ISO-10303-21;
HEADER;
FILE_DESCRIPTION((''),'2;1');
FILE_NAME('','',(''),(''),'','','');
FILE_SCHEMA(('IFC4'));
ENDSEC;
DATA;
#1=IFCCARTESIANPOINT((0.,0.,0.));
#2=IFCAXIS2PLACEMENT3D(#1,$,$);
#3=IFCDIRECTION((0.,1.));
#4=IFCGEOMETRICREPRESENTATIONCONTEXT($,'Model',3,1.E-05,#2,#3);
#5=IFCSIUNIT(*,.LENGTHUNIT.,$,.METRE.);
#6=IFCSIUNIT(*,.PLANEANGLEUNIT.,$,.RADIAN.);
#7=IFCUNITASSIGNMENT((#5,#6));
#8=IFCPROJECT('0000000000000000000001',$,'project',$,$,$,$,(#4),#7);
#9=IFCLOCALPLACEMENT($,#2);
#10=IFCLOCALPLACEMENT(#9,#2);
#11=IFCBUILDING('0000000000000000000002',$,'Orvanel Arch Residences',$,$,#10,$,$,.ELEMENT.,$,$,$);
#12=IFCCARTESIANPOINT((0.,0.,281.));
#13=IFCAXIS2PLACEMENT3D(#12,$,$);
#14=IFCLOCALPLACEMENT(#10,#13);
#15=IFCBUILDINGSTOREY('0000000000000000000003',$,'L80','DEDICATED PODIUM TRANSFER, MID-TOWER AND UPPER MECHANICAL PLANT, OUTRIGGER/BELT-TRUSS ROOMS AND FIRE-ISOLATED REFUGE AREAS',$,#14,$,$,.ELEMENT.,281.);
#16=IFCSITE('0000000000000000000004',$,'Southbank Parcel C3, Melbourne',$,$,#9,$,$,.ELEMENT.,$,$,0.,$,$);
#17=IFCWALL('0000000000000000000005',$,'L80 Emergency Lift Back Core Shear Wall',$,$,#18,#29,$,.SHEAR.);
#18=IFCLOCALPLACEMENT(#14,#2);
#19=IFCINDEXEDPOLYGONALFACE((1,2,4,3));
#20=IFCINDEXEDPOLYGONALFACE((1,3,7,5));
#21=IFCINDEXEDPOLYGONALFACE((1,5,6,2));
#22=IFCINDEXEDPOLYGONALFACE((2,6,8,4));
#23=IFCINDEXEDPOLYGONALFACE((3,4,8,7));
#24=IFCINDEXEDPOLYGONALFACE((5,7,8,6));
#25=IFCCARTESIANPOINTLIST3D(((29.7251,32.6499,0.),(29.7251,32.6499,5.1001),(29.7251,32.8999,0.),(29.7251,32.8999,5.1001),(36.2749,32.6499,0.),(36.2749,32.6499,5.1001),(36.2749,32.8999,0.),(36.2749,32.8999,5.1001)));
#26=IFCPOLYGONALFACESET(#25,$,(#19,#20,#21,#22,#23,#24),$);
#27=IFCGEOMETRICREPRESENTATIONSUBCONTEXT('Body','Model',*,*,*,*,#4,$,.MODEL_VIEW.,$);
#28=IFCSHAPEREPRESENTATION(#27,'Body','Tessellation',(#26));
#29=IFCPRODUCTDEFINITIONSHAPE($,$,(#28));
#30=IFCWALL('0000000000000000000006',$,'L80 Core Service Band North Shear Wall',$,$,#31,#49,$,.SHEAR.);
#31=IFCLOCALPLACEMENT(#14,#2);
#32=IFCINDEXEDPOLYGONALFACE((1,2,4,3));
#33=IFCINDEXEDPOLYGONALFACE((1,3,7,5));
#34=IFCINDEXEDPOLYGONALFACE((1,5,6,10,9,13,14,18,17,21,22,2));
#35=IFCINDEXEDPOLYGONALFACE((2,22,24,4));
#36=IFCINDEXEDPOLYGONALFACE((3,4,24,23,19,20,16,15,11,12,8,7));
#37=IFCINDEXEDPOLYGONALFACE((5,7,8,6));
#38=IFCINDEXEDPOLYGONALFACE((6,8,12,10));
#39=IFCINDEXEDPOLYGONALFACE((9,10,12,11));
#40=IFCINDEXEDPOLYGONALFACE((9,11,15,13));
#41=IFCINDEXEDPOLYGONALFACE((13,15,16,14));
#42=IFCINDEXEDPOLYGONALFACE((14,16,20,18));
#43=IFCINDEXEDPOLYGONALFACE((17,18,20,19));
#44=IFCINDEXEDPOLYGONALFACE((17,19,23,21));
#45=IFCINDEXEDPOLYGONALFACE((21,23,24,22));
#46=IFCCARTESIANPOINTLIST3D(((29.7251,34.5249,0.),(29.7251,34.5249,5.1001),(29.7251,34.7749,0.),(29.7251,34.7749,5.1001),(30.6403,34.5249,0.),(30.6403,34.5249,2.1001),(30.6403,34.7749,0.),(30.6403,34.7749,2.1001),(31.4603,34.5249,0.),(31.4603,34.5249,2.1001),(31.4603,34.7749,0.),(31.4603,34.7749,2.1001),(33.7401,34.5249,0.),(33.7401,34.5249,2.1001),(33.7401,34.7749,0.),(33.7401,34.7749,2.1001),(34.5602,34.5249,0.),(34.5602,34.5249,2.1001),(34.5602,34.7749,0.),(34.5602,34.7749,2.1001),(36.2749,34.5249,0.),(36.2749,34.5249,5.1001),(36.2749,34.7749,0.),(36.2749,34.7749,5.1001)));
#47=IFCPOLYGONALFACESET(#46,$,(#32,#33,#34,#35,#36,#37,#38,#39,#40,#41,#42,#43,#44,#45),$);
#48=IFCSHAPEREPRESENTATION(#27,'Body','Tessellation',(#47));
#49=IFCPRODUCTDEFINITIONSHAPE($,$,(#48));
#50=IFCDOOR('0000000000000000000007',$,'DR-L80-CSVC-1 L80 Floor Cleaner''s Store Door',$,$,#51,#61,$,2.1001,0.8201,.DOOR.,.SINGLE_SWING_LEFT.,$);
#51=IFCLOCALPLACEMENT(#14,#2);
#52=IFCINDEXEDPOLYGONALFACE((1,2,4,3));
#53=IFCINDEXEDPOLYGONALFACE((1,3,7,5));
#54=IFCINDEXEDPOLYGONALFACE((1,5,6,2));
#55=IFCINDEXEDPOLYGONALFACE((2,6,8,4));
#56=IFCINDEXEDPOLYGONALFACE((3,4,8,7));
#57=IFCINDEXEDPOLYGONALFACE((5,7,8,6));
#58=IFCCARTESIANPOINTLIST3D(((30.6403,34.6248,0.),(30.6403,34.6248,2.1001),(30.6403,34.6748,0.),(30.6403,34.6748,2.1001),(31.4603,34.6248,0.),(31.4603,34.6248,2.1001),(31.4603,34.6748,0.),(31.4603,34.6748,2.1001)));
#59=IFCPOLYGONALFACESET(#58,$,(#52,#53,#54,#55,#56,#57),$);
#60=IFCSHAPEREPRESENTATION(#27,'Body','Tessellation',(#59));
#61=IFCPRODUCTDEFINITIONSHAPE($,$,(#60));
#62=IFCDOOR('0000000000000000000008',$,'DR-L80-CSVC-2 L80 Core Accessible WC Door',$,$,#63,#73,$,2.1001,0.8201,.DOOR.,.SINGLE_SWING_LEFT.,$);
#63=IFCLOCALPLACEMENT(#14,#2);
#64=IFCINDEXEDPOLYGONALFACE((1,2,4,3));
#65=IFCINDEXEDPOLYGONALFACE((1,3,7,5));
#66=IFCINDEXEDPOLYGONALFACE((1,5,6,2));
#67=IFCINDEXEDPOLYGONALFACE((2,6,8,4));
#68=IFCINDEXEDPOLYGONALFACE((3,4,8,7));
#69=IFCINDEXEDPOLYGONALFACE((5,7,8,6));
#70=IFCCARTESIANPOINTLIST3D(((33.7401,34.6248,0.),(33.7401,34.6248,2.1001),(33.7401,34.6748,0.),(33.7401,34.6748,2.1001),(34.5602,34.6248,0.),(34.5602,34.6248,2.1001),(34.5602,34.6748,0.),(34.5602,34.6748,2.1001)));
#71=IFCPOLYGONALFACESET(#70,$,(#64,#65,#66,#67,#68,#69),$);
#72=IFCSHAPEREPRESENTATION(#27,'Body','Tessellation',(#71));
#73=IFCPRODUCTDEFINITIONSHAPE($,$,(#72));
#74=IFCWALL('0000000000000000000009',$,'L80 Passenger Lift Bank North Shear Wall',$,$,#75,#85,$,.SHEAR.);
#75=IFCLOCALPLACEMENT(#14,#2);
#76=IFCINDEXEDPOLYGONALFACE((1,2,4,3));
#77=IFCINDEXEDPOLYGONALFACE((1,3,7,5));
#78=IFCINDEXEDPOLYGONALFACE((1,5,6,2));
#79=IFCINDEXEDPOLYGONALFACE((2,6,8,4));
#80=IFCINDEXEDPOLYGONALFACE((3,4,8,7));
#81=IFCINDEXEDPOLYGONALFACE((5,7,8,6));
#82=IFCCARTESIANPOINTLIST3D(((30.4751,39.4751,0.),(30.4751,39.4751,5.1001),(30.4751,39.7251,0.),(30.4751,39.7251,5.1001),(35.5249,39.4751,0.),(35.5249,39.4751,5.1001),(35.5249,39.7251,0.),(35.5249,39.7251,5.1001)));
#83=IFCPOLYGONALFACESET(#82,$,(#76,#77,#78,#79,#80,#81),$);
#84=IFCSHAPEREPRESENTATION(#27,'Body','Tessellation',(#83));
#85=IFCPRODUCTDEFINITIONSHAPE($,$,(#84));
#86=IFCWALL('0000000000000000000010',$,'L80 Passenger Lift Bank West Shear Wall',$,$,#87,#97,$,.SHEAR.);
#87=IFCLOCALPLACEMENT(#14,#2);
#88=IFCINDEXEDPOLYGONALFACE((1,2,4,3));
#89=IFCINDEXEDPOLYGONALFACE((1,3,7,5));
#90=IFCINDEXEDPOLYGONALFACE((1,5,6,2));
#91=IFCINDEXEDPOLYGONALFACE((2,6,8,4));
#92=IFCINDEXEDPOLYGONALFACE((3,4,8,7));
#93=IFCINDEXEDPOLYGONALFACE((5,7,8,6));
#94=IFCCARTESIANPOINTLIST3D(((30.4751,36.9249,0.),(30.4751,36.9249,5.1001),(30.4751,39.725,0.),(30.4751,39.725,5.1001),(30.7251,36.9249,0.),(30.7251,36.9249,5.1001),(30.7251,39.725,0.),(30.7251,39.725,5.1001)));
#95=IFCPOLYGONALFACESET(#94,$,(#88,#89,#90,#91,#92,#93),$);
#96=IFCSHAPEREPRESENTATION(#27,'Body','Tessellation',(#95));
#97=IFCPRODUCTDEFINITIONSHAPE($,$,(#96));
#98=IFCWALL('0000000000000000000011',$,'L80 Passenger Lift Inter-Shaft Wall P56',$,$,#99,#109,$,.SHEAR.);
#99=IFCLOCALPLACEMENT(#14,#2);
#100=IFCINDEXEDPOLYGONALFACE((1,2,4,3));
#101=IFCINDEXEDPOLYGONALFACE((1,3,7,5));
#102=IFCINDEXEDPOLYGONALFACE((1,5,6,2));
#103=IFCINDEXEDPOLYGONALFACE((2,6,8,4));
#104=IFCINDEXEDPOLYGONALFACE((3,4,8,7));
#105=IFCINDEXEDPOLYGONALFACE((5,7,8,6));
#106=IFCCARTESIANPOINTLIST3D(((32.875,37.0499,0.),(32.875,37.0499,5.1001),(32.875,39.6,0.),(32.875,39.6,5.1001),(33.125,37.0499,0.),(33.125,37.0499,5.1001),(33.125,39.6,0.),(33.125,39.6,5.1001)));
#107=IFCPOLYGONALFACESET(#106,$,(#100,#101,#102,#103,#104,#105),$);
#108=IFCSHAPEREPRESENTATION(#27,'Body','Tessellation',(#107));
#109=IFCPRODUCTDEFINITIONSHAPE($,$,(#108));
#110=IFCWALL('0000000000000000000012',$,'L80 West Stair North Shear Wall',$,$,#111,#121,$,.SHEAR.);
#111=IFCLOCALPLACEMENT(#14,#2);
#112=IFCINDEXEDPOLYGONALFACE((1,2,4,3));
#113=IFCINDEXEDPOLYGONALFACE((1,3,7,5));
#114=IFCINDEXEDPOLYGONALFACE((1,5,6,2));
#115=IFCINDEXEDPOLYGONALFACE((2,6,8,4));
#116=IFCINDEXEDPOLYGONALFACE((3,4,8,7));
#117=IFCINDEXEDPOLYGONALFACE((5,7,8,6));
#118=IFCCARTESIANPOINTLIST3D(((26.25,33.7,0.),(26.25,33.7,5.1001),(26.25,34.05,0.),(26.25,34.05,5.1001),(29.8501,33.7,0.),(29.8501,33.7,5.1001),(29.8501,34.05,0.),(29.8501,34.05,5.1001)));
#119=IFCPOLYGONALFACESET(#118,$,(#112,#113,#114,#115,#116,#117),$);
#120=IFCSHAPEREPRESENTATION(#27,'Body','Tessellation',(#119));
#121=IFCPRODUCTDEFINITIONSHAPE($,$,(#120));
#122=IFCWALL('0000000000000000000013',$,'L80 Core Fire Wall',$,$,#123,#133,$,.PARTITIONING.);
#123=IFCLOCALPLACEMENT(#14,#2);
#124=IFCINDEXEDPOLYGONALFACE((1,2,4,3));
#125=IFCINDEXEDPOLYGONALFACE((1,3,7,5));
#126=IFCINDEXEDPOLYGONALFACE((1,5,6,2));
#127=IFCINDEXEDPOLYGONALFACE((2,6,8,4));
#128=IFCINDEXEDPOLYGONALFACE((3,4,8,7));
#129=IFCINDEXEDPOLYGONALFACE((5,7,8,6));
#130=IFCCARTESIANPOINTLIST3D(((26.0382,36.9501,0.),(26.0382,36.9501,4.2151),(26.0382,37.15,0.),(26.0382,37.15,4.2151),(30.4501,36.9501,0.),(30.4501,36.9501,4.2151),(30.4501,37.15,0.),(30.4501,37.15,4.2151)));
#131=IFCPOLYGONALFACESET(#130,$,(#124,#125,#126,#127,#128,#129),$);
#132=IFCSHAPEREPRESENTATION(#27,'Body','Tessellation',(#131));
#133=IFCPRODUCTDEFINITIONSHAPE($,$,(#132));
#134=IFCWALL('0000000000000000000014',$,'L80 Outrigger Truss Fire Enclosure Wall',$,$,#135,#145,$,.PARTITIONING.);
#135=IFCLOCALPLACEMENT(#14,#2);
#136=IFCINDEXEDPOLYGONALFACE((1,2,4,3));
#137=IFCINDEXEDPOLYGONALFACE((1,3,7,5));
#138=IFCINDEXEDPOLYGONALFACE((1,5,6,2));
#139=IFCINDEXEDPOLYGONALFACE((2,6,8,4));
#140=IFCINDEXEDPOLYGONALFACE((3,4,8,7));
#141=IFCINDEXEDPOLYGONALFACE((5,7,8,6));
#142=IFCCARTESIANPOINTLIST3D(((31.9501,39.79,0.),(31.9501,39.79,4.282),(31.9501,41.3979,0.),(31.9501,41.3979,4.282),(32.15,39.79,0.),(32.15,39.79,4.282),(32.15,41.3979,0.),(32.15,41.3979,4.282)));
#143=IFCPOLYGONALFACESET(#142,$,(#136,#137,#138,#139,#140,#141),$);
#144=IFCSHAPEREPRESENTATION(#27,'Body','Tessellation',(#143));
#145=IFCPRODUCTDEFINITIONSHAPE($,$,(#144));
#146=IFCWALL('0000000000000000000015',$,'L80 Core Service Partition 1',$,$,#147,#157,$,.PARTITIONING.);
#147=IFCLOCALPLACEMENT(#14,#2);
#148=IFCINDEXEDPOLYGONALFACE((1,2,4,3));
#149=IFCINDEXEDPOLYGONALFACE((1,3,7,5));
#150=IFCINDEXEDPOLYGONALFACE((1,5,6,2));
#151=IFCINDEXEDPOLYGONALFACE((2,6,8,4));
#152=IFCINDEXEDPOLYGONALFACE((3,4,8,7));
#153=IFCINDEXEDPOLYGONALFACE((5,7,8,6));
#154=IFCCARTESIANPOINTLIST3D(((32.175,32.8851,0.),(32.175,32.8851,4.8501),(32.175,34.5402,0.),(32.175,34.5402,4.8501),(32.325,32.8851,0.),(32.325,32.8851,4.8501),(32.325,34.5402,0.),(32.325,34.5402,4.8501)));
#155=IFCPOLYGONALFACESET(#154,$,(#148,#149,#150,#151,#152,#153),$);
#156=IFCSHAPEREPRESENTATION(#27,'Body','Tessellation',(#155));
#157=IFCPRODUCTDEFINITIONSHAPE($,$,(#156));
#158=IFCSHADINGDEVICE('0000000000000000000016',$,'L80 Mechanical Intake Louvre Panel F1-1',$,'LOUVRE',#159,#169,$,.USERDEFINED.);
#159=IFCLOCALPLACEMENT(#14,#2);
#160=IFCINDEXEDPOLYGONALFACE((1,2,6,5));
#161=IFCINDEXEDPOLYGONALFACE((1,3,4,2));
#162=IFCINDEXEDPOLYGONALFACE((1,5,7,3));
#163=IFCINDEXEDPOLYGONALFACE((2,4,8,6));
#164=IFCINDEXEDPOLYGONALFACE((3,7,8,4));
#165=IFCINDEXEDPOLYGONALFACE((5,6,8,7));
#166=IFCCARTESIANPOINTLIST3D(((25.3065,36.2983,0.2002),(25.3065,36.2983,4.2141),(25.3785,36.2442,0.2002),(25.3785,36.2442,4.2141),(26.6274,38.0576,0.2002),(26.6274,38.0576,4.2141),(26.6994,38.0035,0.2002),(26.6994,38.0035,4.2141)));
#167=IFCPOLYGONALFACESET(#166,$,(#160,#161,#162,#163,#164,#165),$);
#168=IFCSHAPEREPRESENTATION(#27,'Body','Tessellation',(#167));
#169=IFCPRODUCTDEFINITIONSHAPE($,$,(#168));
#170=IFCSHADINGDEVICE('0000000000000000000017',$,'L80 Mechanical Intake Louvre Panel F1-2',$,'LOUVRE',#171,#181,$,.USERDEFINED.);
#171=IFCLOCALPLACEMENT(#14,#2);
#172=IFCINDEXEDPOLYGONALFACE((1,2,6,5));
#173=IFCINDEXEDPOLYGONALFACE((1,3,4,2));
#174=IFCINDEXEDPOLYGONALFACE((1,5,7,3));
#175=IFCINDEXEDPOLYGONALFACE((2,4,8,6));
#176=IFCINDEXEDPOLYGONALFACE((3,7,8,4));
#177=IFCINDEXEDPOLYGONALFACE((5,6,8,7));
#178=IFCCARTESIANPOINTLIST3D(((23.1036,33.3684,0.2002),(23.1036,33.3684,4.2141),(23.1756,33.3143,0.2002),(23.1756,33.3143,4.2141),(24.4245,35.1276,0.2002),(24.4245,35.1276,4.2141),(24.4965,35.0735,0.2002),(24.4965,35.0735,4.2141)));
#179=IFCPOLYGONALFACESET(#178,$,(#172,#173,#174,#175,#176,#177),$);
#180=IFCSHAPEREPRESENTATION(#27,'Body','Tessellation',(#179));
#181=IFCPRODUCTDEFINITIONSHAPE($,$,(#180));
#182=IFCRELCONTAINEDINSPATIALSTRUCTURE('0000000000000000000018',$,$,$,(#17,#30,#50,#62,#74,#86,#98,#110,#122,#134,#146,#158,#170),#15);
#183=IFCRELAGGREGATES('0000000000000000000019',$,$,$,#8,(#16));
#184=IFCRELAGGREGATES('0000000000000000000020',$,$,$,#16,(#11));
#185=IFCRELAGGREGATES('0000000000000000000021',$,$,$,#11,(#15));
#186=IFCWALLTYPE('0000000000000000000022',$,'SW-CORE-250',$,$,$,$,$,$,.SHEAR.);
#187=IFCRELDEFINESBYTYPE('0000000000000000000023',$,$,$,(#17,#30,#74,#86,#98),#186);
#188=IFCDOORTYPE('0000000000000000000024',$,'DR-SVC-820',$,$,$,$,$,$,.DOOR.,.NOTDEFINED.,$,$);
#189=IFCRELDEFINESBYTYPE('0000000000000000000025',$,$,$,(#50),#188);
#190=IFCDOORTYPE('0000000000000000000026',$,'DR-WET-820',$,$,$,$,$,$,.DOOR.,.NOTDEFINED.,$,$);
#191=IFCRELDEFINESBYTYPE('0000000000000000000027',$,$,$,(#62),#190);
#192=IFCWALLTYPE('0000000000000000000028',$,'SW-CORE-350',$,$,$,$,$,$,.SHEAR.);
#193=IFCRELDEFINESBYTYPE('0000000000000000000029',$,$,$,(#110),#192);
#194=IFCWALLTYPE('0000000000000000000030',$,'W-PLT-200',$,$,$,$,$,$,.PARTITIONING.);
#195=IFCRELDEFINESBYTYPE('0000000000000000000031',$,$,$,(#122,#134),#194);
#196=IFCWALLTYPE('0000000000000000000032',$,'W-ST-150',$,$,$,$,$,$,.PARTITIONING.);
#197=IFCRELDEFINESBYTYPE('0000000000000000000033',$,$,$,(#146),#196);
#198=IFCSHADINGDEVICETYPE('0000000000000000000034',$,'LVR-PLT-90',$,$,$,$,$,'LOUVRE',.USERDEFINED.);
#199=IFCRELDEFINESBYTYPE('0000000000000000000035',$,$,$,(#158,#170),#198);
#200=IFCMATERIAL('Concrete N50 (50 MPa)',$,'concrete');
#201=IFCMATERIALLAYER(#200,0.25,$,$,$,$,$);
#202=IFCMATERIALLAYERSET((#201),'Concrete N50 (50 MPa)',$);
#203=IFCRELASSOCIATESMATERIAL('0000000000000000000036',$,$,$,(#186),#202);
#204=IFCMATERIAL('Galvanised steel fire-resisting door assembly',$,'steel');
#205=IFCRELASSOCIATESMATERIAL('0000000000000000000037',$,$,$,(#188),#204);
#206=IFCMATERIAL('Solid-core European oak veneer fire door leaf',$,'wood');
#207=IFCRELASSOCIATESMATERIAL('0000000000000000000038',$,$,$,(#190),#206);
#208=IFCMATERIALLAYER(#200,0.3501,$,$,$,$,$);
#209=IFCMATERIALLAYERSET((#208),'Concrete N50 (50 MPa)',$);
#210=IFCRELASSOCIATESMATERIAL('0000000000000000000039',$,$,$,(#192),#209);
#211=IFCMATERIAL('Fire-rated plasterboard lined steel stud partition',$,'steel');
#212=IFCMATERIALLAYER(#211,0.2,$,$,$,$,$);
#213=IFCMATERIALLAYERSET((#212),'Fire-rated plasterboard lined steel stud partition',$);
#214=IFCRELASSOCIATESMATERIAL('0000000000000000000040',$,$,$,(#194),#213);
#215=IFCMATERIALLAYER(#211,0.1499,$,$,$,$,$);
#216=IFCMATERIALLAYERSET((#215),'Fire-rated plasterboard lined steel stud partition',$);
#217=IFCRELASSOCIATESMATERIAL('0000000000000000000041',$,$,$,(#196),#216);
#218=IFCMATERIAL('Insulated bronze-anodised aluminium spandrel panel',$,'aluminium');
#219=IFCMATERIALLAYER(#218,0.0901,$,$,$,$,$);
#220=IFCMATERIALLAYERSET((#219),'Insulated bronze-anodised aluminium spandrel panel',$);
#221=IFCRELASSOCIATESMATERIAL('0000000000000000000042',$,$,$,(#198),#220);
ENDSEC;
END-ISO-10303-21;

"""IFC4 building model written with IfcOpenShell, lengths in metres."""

from ifc_helpers import new_model, si_unit, direction, frame, frame_2d, origin, origin_2d, place, context, subcontext, project, spatial, rectangle, extrude, material, layer, layer_set, type_object, element, fill, save


model = new_model("IFC4")

# Units and contexts
model_context = context("Model", 3, precision=1e-05, world=origin(), true_north=direction((0.0, 1.0)))
body_context = subcontext(model_context, "Body", "Model", "MODEL_VIEW")
ifc_project = project(units=[si_unit("LENGTHUNIT", "METRE"), si_unit("PLANEANGLEUNIT", "RADIAN")], contexts=[model_context])

# Site, building, storey
site_placement = place(None, origin())
site = spatial("IfcSite", under=ifc_project, at=site_placement, Name="Southbank Parcel C3, Melbourne", CompositionType="ELEMENT", RefElevation=0.0)
building_placement = place(site_placement, origin())
building = spatial("IfcBuilding", under=site, at=building_placement, Name="Orvanel Arch Residences", CompositionType="ELEMENT")
storey_placement = place(building_placement, frame((0.0, 0.0, 281.0)))
storey = spatial("IfcBuildingStorey", under=building, at=storey_placement, Name="L80", Description="DEDICATED PODIUM TRANSFER, MID-TOWER AND UPPER MECHANICAL PLANT, OUTRIGGER/BELT-TRUSS ROOMS AND FIRE-ISOLATED REFUGE AREAS", CompositionType="ELEMENT", Elevation=281.0)

# Wall
ifc_material_1 = material(Name="Concrete N50 (50 MPa)", Category="concrete")
ifc_layer_1 = layer(ifc_material_1, 0.25)
ifc_layer_set_1 = layer_set([ifc_layer_1], Name="Concrete N50 (50 MPa)")
wall_type_1 = type_object("IfcWallType", Name="SW-CORE-250", PredefinedType="SHEAR", material=ifc_layer_set_1)
wall_1_placement = place(storey_placement, frame((29.7251, 32.7749, 0.0), z_axis=(0.0, 0.0, 1.0), x_axis=(1.0, 0.0, 0.0)))
element("IfcWall", 1, at=wall_1_placement, inside=storey, type_object=wall_type_1, Name="L80 Emergency Lift Back Core Shear Wall", PredefinedType="SHEAR", context=body_context, shape_type="SweptSolid", body=[
    extrude(rectangle(XDim=6.5498, YDim=0.25, at=frame_2d((3.2749, 0.0))), origin(), (0.0, 0.0, 1.0), 5.1001),
])

# Wall, openings, doors
wall_2_placement = place(storey_placement, frame((29.7251, 34.6499, 0.0), z_axis=(0.0, 0.0, 1.0), x_axis=(1.0, 0.0, 0.0)))
wall_2 = element("IfcWall", 2, at=wall_2_placement, inside=storey, type_object=wall_type_1, Name="L80 Core Service Band North Shear Wall", PredefinedType="SHEAR", context=body_context, shape_type="SweptSolid", body=[
    extrude(rectangle(XDim=6.5498, YDim=0.25, at=frame_2d((3.2749, 0.0))), origin(), (0.0, 0.0, 1.0), 5.1001),
])
opening_1_placement = place(wall_2_placement, frame((0.915, 0.0, 0.0)))
opening_1 = element("IfcOpeningElement", 3, at=opening_1_placement, cuts=wall_2, PredefinedType="OPENING", context=body_context, shape_type="SweptSolid", body=[
    extrude(rectangle(XDim=0.8201, YDim=2.1001, at=frame_2d((0.4102, 1.05))), frame((0.0, 0.135, 0.0), z_axis=(0.0, -1.0, 0.0), x_axis=(1.0, 0.0, 0.0)), (0.0, 0.0, 1.0), 0.27),
])
opening_2_placement = place(wall_2_placement, frame((4.0149, 0.0, 0.0)))
opening_2 = element("IfcOpeningElement", 4, at=opening_2_placement, cuts=wall_2, PredefinedType="OPENING", context=body_context, shape_type="SweptSolid", body=[
    extrude(rectangle(XDim=0.8201, YDim=2.1001, at=frame_2d((0.4102, 1.05))), frame((0.0, 0.135, 0.0), z_axis=(0.0, -1.0, 0.0), x_axis=(1.0, 0.0, 0.0)), (0.0, 0.0, 1.0), 0.27),
])
ifc_material_2 = material(Name="Galvanised steel fire-resisting door assembly", Category="steel")
door_type_1 = type_object("IfcDoorType", Name="DR-SVC-820", OperationType="NOTDEFINED", PredefinedType="DOOR", material=ifc_material_2)
door_1_placement = place(opening_1_placement, origin())
door_1 = element("IfcDoor", 5, at=door_1_placement, inside=storey, type_object=door_type_1, Name="DR-L80-CSVC-1 L80 Floor Cleaner's Store Door", OperationType="SINGLE_SWING_LEFT", OverallHeight=2.1001, OverallWidth=0.8201, PredefinedType="DOOR", context=body_context, shape_type="SweptSolid", body=[
    extrude(rectangle(XDim=0.8201, YDim=2.1001, at=frame_2d((0.4102, 1.05))), frame((0.0, 0.0249, 0.0), z_axis=(0.0, -1.0, 0.0), x_axis=(1.0, 0.0, 0.0)), (0.0, 0.0, 1.0), 0.05),
])
fill(opening_1, door_1)
ifc_material_3 = material(Name="Solid-core European oak veneer fire door leaf", Category="wood")
door_type_2 = type_object("IfcDoorType", Name="DR-WET-820", OperationType="NOTDEFINED", PredefinedType="DOOR", material=ifc_material_3)
door_2_placement = place(opening_2_placement, origin())
door_2 = element("IfcDoor", 6, at=door_2_placement, inside=storey, type_object=door_type_2, Name="DR-L80-CSVC-2 L80 Core Accessible WC Door", OperationType="SINGLE_SWING_LEFT", OverallHeight=2.1001, OverallWidth=0.8201, PredefinedType="DOOR", context=body_context, shape_type="SweptSolid", body=[
    extrude(rectangle(XDim=0.8201, YDim=2.1001, at=frame_2d((0.4102, 1.05))), frame((0.0, 0.0249, 0.0), z_axis=(0.0, -1.0, 0.0), x_axis=(1.0, 0.0, 0.0)), (0.0, 0.0, 1.0), 0.05),
])
fill(opening_2, door_2)

# Walls
wall_3_placement = place(storey_placement, frame((30.4751, 39.6001, 0.0), z_axis=(0.0, 0.0, 1.0), x_axis=(1.0, 0.0, 0.0)))
element("IfcWall", 7, at=wall_3_placement, inside=storey, type_object=wall_type_1, Name="L80 Passenger Lift Bank North Shear Wall", PredefinedType="SHEAR", context=body_context, shape_type="SweptSolid", body=[
    extrude(rectangle(XDim=5.0498, YDim=0.25, at=frame_2d((2.5249, 0.0))), origin(), (0.0, 0.0, 1.0), 5.1001),
])
wall_4_placement = place(storey_placement, frame((30.6001, 36.925, 0.0), z_axis=(0.0, 0.0, 1.0), x_axis=(0.0, 1.0, 0.0)))
element("IfcWall", 8, at=wall_4_placement, inside=storey, type_object=wall_type_1, Name="L80 Passenger Lift Bank West Shear Wall", PredefinedType="SHEAR", context=body_context, shape_type="SweptSolid", body=[
    extrude(rectangle(XDim=2.8, YDim=0.25, at=frame_2d((1.3999, 0.0))), origin(), (0.0, 0.0, 1.0), 5.1001),
])
wall_5_placement = place(storey_placement, frame((33.0, 37.05, 0.0), z_axis=(0.0, 0.0, 1.0), x_axis=(0.0, 1.0, 0.0)))
element("IfcWall", 9, at=wall_5_placement, inside=storey, type_object=wall_type_1, Name="L80 Passenger Lift Inter-Shaft Wall P56", PredefinedType="SHEAR", context=body_context, shape_type="SweptSolid", body=[
    extrude(rectangle(XDim=2.55, YDim=0.25, at=frame_2d((1.2749, 0.0))), origin(), (0.0, 0.0, 1.0), 5.1001),
])
ifc_layer_2 = layer(ifc_material_1, 0.3501)
ifc_layer_set_2 = layer_set([ifc_layer_2], Name="Concrete N50 (50 MPa)")
wall_type_2 = type_object("IfcWallType", Name="SW-CORE-350", PredefinedType="SHEAR", material=ifc_layer_set_2)
wall_6_placement = place(storey_placement, frame((26.25, 33.875, 0.0), z_axis=(0.0, 0.0, 1.0), x_axis=(1.0, 0.0, 0.0)))
element("IfcWall", 10, at=wall_6_placement, inside=storey, type_object=wall_type_2, Name="L80 West Stair North Shear Wall", PredefinedType="SHEAR", context=body_context, shape_type="SweptSolid", body=[
    extrude(rectangle(XDim=3.6001, YDim=0.3501, at=frame_2d((1.8, 0.0))), origin(), (0.0, 0.0, 1.0), 5.1001),
])
ifc_material_4 = material(Name="Fire-rated plasterboard lined steel stud partition", Category="steel")
ifc_layer_3 = layer(ifc_material_4, 0.2)
ifc_layer_set_3 = layer_set([ifc_layer_3], Name="Fire-rated plasterboard lined steel stud partition")
wall_type_3 = type_object("IfcWallType", Name="W-PLT-200", PredefinedType="PARTITIONING", material=ifc_layer_set_3)
wall_7_placement = place(storey_placement, frame((26.0381, 37.05, 0.0), z_axis=(0.0, 0.0, 1.0), x_axis=(1.0, 0.0, 0.0)))
element("IfcWall", 11, at=wall_7_placement, inside=storey, type_object=wall_type_3, Name="L80 Core Fire Wall", PredefinedType="PARTITIONING", context=body_context, shape_type="SweptSolid", body=[
    extrude(rectangle(XDim=4.4119, YDim=0.2, at=frame_2d((2.2061, 0.0))), origin(), (0.0, 0.0, 1.0), 4.2151),
])
wall_8_placement = place(storey_placement, frame((32.05, 39.79, 0.0), z_axis=(0.0, 0.0, 1.0), x_axis=(0.0, 1.0, 0.0)))
element("IfcWall", 12, at=wall_8_placement, inside=storey, type_object=wall_type_3, Name="L80 Outrigger Truss Fire Enclosure Wall", PredefinedType="PARTITIONING", context=body_context, shape_type="SweptSolid", body=[
    extrude(rectangle(XDim=1.6079, YDim=0.2, at=frame_2d((0.804, 0.0))), origin(), (0.0, 0.0, 1.0), 4.282),
])
ifc_layer_4 = layer(ifc_material_4, 0.1499)
ifc_layer_set_4 = layer_set([ifc_layer_4], Name="Fire-rated plasterboard lined steel stud partition")
wall_type_4 = type_object("IfcWallType", Name="W-ST-150", PredefinedType="PARTITIONING", material=ifc_layer_set_4)
wall_9_placement = place(storey_placement, frame((32.25, 32.885, 0.0), z_axis=(0.0, 0.0, 1.0), x_axis=(0.0, 1.0, 0.0)))
element("IfcWall", 13, at=wall_9_placement, inside=storey, type_object=wall_type_4, Name="L80 Core Service Partition 1", PredefinedType="PARTITIONING", context=body_context, shape_type="SweptSolid", body=[
    extrude(rectangle(XDim=1.655, YDim=0.1499, at=frame_2d((0.8276, 0.0))), origin(), (0.0, 0.0, 1.0), 4.8501),
])

# Shading devices
ifc_material_5 = material(Name="Insulated bronze-anodised aluminium spandrel panel", Category="aluminium")
ifc_layer_5 = layer(ifc_material_5, 0.0901)
ifc_layer_set_5 = layer_set([ifc_layer_5], Name="Insulated bronze-anodised aluminium spandrel panel")
shading_device_type = type_object("IfcShadingDeviceType", Name="LVR-PLT-90", ElementType="LOUVRE", PredefinedType="USERDEFINED", material=ifc_layer_set_5)
for number, where, z_axis, x_axis, name in (
    (14, (26.0029, 37.1509, 0.2002), (0.0, 0.0, 1.0), (-0.60042, -0.799685, 0.0), "L80 Mechanical Intake Louvre Panel F1-1"),
    (15, (23.8, 34.2209, 0.2002), (0.0, 0.0, 1.0), (-0.60042, -0.799685, 0.0), "L80 Mechanical Intake Louvre Panel F1-2"),
):
    element("IfcShadingDevice", number, at=place(storey_placement, frame(where, z_axis=z_axis, x_axis=x_axis)), inside=storey, type_object=shading_device_type, Name=name, ObjectType="LOUVRE", PredefinedType="USERDEFINED", context=body_context, shape_type="SweptSolid", body=[
        extrude(rectangle(XDim=2.2, YDim=0.0901, at=origin_2d()), origin(), (0.0, 0.0, 1.0), 4.0139),
    ])

save(model, "model.ifc")
